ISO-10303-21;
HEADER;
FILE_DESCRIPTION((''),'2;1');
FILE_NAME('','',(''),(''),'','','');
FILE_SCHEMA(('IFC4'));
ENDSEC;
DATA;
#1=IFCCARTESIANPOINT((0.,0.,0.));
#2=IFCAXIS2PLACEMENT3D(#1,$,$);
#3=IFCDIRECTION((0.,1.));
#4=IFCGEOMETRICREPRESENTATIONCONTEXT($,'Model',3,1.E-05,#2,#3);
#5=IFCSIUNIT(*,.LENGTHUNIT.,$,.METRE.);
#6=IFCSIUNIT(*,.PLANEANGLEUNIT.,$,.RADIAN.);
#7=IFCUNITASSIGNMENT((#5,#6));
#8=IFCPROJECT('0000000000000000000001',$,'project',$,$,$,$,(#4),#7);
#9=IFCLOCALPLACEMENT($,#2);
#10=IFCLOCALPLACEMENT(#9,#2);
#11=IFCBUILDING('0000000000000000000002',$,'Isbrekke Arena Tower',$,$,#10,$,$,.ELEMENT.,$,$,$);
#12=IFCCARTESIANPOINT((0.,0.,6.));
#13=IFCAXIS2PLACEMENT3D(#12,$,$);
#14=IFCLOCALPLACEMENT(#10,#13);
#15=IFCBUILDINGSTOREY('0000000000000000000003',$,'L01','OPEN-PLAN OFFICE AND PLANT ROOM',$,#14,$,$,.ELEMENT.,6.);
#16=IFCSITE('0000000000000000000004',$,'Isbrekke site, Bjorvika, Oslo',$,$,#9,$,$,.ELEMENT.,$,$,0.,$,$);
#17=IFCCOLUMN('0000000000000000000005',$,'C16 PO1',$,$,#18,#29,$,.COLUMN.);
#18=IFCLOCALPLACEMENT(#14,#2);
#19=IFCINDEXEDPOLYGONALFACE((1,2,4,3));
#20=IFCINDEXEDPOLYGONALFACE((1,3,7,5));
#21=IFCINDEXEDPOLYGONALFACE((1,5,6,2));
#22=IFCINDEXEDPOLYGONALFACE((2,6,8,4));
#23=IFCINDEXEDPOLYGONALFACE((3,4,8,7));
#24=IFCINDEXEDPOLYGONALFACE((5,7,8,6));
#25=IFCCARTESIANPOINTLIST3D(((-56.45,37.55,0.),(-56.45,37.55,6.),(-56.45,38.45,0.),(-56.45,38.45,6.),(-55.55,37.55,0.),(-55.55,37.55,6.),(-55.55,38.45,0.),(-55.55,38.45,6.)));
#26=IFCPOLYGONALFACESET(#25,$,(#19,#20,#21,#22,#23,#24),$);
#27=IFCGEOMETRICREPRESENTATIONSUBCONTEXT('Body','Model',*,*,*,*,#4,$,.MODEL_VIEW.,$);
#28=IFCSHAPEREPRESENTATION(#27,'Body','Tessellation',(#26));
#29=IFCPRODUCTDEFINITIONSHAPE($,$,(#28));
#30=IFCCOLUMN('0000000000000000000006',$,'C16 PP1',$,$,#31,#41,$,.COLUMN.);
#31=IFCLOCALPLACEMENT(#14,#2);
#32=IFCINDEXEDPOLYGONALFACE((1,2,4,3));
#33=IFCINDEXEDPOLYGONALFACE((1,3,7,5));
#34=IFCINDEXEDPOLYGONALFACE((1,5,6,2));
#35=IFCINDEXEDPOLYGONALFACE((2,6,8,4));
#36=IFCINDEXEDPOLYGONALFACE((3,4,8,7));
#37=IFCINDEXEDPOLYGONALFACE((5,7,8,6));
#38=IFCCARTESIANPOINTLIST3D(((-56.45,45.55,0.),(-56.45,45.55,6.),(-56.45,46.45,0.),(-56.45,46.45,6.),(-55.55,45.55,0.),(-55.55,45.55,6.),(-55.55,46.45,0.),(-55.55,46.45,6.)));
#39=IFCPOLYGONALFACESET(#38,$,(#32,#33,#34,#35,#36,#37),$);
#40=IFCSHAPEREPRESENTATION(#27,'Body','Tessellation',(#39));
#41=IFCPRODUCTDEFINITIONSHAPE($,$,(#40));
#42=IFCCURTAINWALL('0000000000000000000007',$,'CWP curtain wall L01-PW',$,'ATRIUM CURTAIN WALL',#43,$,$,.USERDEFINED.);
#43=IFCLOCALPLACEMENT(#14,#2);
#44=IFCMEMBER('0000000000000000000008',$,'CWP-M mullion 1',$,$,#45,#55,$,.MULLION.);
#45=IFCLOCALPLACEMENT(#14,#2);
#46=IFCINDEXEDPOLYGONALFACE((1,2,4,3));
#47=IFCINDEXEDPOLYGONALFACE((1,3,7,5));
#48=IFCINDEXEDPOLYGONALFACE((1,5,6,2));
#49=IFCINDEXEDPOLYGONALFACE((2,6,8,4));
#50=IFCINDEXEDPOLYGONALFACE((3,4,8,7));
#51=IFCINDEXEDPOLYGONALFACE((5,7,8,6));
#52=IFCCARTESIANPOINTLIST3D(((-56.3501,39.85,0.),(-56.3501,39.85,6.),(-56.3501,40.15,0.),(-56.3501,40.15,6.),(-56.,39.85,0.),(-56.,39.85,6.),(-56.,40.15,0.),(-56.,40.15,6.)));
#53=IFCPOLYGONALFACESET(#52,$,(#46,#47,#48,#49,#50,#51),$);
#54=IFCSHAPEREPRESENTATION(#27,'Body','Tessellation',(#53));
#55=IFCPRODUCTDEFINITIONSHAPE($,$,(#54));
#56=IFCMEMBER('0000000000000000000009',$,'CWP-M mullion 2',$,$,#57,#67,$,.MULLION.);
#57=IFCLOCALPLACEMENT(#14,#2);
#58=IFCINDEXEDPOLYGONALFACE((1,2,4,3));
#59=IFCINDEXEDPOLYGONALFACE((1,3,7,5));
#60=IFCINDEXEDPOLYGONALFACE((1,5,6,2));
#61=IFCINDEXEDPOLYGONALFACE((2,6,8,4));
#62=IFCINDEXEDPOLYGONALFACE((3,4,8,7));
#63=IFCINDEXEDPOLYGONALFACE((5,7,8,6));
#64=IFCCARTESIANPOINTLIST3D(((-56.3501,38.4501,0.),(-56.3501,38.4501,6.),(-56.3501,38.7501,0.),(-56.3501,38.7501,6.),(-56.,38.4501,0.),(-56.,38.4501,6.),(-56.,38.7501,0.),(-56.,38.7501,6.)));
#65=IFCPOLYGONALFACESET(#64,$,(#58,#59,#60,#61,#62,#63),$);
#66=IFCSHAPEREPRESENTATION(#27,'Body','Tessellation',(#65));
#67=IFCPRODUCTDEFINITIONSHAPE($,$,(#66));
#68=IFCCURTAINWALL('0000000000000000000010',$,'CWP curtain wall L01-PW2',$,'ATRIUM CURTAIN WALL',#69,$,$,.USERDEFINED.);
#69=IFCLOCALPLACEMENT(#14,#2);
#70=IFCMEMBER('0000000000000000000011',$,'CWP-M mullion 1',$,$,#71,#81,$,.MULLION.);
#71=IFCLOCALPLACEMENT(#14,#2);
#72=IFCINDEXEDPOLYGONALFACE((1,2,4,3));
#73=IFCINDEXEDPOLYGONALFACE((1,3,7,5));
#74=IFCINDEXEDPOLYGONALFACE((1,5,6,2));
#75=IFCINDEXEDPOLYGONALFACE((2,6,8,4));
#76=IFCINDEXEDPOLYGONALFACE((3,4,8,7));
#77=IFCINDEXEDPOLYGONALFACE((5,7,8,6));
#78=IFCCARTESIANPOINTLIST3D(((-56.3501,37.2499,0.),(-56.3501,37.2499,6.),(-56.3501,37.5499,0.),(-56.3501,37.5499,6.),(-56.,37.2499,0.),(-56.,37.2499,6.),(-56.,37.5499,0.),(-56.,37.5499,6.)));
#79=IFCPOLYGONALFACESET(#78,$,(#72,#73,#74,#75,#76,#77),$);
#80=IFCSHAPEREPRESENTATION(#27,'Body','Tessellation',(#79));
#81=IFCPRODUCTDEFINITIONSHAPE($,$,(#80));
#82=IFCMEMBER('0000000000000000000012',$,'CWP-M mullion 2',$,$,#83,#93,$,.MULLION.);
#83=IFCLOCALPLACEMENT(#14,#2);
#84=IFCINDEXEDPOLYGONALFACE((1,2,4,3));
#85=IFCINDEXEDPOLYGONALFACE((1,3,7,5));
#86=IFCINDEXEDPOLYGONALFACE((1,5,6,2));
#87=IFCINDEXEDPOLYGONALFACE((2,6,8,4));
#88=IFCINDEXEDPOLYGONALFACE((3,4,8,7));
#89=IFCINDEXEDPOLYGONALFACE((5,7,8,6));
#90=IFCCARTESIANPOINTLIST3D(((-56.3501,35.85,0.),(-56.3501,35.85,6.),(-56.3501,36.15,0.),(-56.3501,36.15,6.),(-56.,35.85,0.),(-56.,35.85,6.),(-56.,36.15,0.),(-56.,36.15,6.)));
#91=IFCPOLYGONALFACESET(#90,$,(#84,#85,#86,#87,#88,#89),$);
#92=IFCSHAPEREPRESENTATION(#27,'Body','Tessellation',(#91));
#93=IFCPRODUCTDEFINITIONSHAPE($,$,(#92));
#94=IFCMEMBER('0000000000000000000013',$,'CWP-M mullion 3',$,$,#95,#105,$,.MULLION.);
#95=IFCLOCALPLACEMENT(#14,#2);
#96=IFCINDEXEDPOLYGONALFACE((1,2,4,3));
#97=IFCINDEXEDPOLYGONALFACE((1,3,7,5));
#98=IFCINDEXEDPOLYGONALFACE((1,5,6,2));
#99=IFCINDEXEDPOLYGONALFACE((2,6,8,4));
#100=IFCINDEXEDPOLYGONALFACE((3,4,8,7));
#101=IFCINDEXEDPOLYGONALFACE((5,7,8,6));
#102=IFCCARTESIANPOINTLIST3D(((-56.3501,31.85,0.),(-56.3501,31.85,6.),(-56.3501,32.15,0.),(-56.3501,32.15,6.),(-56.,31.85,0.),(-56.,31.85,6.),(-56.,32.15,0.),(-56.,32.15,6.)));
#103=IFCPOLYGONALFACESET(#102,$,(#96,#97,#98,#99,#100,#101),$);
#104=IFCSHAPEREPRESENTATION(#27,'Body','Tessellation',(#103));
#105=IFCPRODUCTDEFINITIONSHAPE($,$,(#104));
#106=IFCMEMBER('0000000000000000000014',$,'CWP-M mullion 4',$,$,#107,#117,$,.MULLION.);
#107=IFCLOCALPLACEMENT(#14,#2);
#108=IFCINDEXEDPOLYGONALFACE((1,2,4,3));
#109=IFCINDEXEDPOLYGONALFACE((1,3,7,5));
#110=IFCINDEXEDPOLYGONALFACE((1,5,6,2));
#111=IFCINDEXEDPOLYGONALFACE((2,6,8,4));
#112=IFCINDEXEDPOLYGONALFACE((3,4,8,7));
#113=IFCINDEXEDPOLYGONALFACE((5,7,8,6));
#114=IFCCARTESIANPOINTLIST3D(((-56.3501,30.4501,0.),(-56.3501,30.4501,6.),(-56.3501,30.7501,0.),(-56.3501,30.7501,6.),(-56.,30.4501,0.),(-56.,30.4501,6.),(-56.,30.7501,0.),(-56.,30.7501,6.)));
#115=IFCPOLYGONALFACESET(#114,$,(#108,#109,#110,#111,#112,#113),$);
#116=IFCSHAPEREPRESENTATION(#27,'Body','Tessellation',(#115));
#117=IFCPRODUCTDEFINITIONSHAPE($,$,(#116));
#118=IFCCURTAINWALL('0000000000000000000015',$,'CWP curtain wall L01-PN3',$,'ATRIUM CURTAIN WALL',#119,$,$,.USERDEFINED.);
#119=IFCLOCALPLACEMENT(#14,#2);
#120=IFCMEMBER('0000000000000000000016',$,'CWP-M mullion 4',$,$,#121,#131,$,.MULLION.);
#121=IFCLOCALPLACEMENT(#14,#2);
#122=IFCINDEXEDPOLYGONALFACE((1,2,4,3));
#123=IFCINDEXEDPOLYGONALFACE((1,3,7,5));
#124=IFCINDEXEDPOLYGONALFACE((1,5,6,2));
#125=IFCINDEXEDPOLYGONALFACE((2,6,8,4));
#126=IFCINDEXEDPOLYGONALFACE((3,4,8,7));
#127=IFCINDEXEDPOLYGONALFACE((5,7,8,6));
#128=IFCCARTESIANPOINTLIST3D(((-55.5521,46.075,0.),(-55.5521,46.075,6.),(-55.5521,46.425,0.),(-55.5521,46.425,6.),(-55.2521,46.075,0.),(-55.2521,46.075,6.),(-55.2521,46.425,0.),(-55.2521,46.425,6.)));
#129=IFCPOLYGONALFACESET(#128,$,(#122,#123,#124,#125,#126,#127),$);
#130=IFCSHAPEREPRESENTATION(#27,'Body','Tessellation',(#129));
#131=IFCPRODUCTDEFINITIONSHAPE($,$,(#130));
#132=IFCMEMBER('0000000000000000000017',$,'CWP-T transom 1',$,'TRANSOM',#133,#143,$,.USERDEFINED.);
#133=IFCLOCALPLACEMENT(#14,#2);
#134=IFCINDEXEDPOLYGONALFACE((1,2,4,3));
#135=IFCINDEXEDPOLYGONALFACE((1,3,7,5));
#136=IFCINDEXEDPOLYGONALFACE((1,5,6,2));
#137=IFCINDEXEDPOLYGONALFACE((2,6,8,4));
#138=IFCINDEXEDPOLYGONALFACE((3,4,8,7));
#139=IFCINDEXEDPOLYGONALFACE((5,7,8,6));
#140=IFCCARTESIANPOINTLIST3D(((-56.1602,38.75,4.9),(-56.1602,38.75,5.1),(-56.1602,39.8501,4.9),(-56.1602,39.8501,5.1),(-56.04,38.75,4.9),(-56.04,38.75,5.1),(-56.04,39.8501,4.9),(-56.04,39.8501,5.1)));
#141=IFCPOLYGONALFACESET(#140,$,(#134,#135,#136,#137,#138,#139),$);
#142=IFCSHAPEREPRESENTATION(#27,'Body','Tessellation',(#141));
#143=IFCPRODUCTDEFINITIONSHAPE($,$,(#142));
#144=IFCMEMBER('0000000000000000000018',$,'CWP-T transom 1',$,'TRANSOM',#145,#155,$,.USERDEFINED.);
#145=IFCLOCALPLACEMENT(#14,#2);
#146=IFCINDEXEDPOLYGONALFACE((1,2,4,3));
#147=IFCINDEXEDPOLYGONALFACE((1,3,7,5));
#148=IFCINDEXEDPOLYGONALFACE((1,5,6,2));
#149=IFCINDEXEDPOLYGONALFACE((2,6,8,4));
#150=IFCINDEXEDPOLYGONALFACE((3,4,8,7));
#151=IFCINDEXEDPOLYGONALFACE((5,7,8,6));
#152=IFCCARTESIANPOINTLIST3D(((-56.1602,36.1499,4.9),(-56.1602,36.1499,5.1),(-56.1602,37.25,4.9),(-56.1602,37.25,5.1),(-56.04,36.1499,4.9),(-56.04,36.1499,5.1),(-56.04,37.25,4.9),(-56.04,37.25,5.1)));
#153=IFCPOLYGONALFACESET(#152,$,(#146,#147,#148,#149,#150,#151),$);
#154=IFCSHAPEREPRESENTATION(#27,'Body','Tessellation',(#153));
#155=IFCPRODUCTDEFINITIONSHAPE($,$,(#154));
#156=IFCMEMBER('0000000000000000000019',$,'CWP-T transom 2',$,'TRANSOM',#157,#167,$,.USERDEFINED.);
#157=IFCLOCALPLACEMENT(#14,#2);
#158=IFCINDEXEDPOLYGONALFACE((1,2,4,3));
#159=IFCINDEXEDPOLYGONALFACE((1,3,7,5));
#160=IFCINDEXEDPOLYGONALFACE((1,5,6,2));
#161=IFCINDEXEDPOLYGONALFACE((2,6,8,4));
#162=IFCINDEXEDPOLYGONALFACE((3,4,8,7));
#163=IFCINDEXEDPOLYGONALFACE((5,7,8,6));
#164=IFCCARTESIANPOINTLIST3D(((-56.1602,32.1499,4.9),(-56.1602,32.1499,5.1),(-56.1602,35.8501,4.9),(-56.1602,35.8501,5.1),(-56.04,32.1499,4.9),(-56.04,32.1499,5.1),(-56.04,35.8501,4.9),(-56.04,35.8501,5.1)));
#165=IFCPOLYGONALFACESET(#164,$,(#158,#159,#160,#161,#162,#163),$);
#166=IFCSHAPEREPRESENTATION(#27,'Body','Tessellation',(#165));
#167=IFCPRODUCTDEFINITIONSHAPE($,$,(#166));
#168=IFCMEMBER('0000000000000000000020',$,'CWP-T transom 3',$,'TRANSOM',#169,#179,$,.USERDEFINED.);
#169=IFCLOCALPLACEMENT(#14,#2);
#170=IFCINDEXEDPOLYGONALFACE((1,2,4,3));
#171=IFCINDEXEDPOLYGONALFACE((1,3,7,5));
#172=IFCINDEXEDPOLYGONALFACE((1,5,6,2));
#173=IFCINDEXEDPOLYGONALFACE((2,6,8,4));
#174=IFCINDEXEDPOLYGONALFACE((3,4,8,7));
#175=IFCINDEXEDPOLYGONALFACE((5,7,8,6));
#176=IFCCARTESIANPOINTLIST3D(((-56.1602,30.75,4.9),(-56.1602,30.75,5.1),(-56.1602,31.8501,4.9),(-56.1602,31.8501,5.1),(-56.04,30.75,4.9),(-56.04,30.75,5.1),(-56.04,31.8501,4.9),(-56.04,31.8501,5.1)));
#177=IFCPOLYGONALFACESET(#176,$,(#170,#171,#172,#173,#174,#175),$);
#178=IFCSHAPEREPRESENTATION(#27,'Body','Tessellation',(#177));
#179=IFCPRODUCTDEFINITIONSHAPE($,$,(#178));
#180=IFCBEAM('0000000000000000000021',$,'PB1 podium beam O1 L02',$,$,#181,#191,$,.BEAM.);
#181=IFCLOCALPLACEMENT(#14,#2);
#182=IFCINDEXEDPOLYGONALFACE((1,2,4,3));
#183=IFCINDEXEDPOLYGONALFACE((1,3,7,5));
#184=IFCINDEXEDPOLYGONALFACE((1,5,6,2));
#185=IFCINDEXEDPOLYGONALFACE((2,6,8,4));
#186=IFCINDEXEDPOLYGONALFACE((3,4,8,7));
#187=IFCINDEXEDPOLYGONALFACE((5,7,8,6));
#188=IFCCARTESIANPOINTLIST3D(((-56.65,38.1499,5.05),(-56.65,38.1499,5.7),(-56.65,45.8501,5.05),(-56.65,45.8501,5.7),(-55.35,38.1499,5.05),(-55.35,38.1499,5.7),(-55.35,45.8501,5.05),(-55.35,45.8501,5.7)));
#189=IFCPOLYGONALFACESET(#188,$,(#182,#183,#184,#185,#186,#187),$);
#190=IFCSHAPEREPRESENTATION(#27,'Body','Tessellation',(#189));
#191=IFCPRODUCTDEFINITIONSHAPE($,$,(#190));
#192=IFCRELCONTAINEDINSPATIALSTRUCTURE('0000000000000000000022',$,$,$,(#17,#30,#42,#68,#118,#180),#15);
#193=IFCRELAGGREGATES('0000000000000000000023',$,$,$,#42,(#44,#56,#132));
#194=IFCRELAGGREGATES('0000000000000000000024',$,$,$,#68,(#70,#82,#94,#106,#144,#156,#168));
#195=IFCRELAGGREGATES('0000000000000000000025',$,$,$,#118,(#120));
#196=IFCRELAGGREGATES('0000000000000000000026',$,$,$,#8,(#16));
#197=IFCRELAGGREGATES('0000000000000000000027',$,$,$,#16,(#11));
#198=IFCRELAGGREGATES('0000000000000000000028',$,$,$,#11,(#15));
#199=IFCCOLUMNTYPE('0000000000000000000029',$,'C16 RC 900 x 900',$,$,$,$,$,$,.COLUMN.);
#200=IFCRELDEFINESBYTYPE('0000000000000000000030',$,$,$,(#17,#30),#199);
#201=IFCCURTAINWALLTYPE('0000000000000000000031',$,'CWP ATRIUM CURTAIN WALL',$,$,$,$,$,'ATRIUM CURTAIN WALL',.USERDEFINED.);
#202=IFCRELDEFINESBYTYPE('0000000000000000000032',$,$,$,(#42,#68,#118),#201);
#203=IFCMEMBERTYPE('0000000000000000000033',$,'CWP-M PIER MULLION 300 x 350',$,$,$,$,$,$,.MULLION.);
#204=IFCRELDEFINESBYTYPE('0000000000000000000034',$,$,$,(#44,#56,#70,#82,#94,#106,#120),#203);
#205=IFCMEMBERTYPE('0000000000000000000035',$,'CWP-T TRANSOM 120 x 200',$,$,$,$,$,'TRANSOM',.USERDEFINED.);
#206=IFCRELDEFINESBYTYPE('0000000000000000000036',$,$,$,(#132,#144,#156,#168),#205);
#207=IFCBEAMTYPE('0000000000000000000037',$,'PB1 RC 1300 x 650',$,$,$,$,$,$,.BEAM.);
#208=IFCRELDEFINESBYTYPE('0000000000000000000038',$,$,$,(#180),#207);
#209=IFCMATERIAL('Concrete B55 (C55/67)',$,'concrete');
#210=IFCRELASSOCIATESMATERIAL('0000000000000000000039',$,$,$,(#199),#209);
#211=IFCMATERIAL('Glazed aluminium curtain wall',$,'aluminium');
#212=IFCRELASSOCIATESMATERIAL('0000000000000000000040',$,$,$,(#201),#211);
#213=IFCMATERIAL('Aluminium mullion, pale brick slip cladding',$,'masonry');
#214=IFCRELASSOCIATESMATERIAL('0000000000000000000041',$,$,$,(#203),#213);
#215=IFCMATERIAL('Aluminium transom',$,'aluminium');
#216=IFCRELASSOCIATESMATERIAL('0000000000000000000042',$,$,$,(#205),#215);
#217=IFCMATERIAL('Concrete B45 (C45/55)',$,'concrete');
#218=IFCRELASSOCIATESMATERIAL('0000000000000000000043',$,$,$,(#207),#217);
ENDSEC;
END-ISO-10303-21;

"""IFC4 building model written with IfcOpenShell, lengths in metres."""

from ifc_helpers import new_model, si_unit, direction, frame, origin, origin_2d, place, context, subcontext, project, spatial, rectangle, extrude, material, material_profile, profile_set, type_object, element, aggregate, save


model = new_model("IFC4")

# Units and contexts
model_context = context("Model", 3, precision=1e-05, world=origin(), true_north=direction((0.0, 1.0)))
body_context = subcontext(model_context, "Body", "Model", "MODEL_VIEW")
ifc_project = project(units=[si_unit("LENGTHUNIT", "METRE"), si_unit("PLANEANGLEUNIT", "RADIAN")], contexts=[model_context])

# Site, building, storey
site_placement = place(None, origin())
site = spatial("IfcSite", under=ifc_project, at=site_placement, Name="Isbrekke site, Bjorvika, Oslo", CompositionType="ELEMENT", RefElevation=0.0)
building_placement = place(site_placement, origin())
building = spatial("IfcBuilding", under=site, at=building_placement, Name="Isbrekke Arena Tower", CompositionType="ELEMENT")
storey_placement = place(building_placement, frame((0.0, 0.0, 6.0)))
storey = spatial("IfcBuildingStorey", under=building, at=storey_placement, Name="L01", Description="OPEN-PLAN OFFICE AND PLANT ROOM", CompositionType="ELEMENT", Elevation=6.0)

# Columns
ifc_material_1 = material(Name="Concrete B55 (C55/67)", Category="concrete")
ifc_material_profile_1 = material_profile(ifc_material_1, rectangle(XDim=0.8999, YDim=0.8999, at=origin_2d()), Name="RC 900x900")
ifc_profile_set_1 = profile_set([ifc_material_profile_1], Name="Concrete B55 (C55/67)")
column_type = type_object("IfcColumnType", Name="C16 RC 900 x 900", PredefinedType="COLUMN", material=ifc_profile_set_1)
for number, where, z_axis, x_axis, name in (
    (1, (-56.0, 38.0, 0.0), (0.0, 0.0, 1.0), (1.0, 0.0, 0.0), "C16 PO1"),
    (2, (-56.0, 46.0, 0.0), (0.0, 0.0, 1.0), (1.0, 0.0, 0.0), "C16 PP1"),
):
    element("IfcColumn", number, at=place(storey_placement, frame(where, z_axis=z_axis, x_axis=x_axis)), inside=storey, type_object=column_type, Name=name, PredefinedType="COLUMN", context=body_context, shape_type="SweptSolid", body=[
        extrude(rectangle(XDim=0.8999, YDim=0.8999, at=origin_2d()), origin(), (0.0, 0.0, 1.0), 6.0),
    ])

# Curtain walls, members
ifc_material_2 = material(Name="Glazed aluminium curtain wall", Category="aluminium")
curtain_wall_type = type_object("IfcCurtainWallType", Name="CWP ATRIUM CURTAIN WALL", ElementType="ATRIUM CURTAIN WALL", PredefinedType="USERDEFINED", material=ifc_material_2)
curtain_wall_1_placement = place(storey_placement, origin())
curtain_wall_1 = element("IfcCurtainWall", 3, at=curtain_wall_1_placement, inside=storey, type_object=curtain_wall_type, Name="CWP curtain wall L01-PW", ObjectType="ATRIUM CURTAIN WALL", PredefinedType="USERDEFINED")
ifc_material_3 = material(Name="Aluminium mullion, pale brick slip cladding", Category="masonry")
ifc_material_profile_2 = material_profile(ifc_material_3, rectangle(XDim=0.3, YDim=0.3501, at=origin_2d()), Name="PIER 300X350")
ifc_profile_set_2 = profile_set([ifc_material_profile_2], Name="Aluminium mullion, pale brick slip cladding")
member_type_1 = type_object("IfcMemberType", Name="CWP-M PIER MULLION 300 x 350", PredefinedType="MULLION", material=ifc_profile_set_2)
member_1_placement = place(storey_placement, frame((-56.175, 40.0, 0.0), z_axis=(0.0, 0.0, 1.0), x_axis=(0.0, -1.0, 0.0)))
member_1 = element("IfcMember", 4, at=member_1_placement, type_object=member_type_1, Name="CWP-M mullion 1", PredefinedType="MULLION", context=body_context, shape_type="SweptSolid", body=[
    extrude(rectangle(XDim=0.3, YDim=0.3501, at=origin_2d()), origin(), (0.0, 0.0, 1.0), 6.0),
])
member_2_placement = place(storey_placement, frame((-56.175, 38.6001, 0.0), z_axis=(0.0, 0.0, 1.0), x_axis=(0.0, -1.0, 0.0)))
member_2 = element("IfcMember", 5, at=member_2_placement, type_object=member_type_1, Name="CWP-M mullion 2", PredefinedType="MULLION", context=body_context, shape_type="SweptSolid", body=[
    extrude(rectangle(XDim=0.3, YDim=0.3501, at=origin_2d()), origin(), (0.0, 0.0, 1.0), 6.0),
])
curtain_wall_2_placement = place(storey_placement, origin())
curtain_wall_2 = element("IfcCurtainWall", 6, at=curtain_wall_2_placement, inside=storey, type_object=curtain_wall_type, Name="CWP curtain wall L01-PW2", ObjectType="ATRIUM CURTAIN WALL", PredefinedType="USERDEFINED")
member_3_placement = place(storey_placement, frame((-56.175, 37.3999, 0.0), z_axis=(0.0, 0.0, 1.0), x_axis=(0.0, -1.0, 0.0)))
member_3 = element("IfcMember", 7, at=member_3_placement, type_object=member_type_1, Name="CWP-M mullion 1", PredefinedType="MULLION", context=body_context, shape_type="SweptSolid", body=[
    extrude(rectangle(XDim=0.3, YDim=0.3501, at=origin_2d()), origin(), (0.0, 0.0, 1.0), 6.0),
])
member_4_placement = place(storey_placement, frame((-56.175, 36.0, 0.0), z_axis=(0.0, 0.0, 1.0), x_axis=(0.0, -1.0, 0.0)))
member_4 = element("IfcMember", 8, at=member_4_placement, type_object=member_type_1, Name="CWP-M mullion 2", PredefinedType="MULLION", context=body_context, shape_type="SweptSolid", body=[
    extrude(rectangle(XDim=0.3, YDim=0.3501, at=origin_2d()), origin(), (0.0, 0.0, 1.0), 6.0),
])
member_5_placement = place(storey_placement, frame((-56.175, 32.0, 0.0), z_axis=(0.0, 0.0, 1.0), x_axis=(0.0, -1.0, 0.0)))
member_5 = element("IfcMember", 9, at=member_5_placement, type_object=member_type_1, Name="CWP-M mullion 3", PredefinedType="MULLION", context=body_context, shape_type="SweptSolid", body=[
    extrude(rectangle(XDim=0.3, YDim=0.3501, at=origin_2d()), origin(), (0.0, 0.0, 1.0), 6.0),
])
member_6_placement = place(storey_placement, frame((-56.175, 30.6001, 0.0), z_axis=(0.0, 0.0, 1.0), x_axis=(0.0, -1.0, 0.0)))
member_6 = element("IfcMember", 10, at=member_6_placement, type_object=member_type_1, Name="CWP-M mullion 4", PredefinedType="MULLION", context=body_context, shape_type="SweptSolid", body=[
    extrude(rectangle(XDim=0.3, YDim=0.3501, at=origin_2d()), origin(), (0.0, 0.0, 1.0), 6.0),
])

# Curtain wall, member
curtain_wall_3_placement = place(storey_placement, origin())
curtain_wall_3 = element("IfcCurtainWall", 11, at=curtain_wall_3_placement, inside=storey, type_object=curtain_wall_type, Name="CWP curtain wall L01-PN3", ObjectType="ATRIUM CURTAIN WALL", PredefinedType="USERDEFINED")
member_7_placement = place(storey_placement, frame((-55.4021, 46.25, 0.0), z_axis=(0.0, 0.0, 1.0), x_axis=(-1.0, 0.0, 0.0)))
member_7 = element("IfcMember", 12, at=member_7_placement, type_object=member_type_1, Name="CWP-M mullion 4", PredefinedType="MULLION", context=body_context, shape_type="SweptSolid", body=[
    extrude(rectangle(XDim=0.3, YDim=0.3501, at=origin_2d()), origin(), (0.0, 0.0, 1.0), 6.0),
])

# Members
ifc_material_4 = material(Name="Aluminium transom", Category="aluminium")
ifc_material_profile_3 = material_profile(ifc_material_4, rectangle(XDim=0.1201, YDim=0.2, at=origin_2d()), Name="TRANSOM 120X200")
ifc_profile_set_3 = profile_set([ifc_material_profile_3], Name="Aluminium transom")
member_type_2 = type_object("IfcMemberType", Name="CWP-T TRANSOM 120 x 200", ElementType="TRANSOM", PredefinedType="USERDEFINED", material=ifc_profile_set_3)
member_8_placement = place(storey_placement, frame((-56.1001, 39.8501, 5.0), z_axis=(0.0, -1.0, 0.0), x_axis=(1.0, 0.0, 0.0)))
member_8 = element("IfcMember", 13, at=member_8_placement, type_object=member_type_2, Name="CWP-T transom 1", ObjectType="TRANSOM", PredefinedType="USERDEFINED", context=body_context, shape_type="SweptSolid", body=[
    extrude(rectangle(XDim=0.1201, YDim=0.2, at=origin_2d()), origin(), (0.0, 0.0, 1.0), 1.1001),
])
member_9_placement = place(storey_placement, frame((-56.1001, 37.25, 5.0), z_axis=(0.0, -1.0, 0.0), x_axis=(1.0, 0.0, 0.0)))
member_9 = element("IfcMember", 14, at=member_9_placement, type_object=member_type_2, Name="CWP-T transom 1", ObjectType="TRANSOM", PredefinedType="USERDEFINED", context=body_context, shape_type="SweptSolid", body=[
    extrude(rectangle(XDim=0.1201, YDim=0.2, at=origin_2d()), origin(), (0.0, 0.0, 1.0), 1.1001),
])
member_10_placement = place(storey_placement, frame((-56.1001, 35.8501, 5.0), z_axis=(0.0, -1.0, 0.0), x_axis=(1.0, 0.0, 0.0)))
member_10 = element("IfcMember", 15, at=member_10_placement, type_object=member_type_2, Name="CWP-T transom 2", ObjectType="TRANSOM", PredefinedType="USERDEFINED", context=body_context, shape_type="SweptSolid", body=[
    extrude(rectangle(XDim=0.1201, YDim=0.2, at=origin_2d()), origin(), (0.0, 0.0, 1.0), 3.7002),
])
member_11_placement = place(storey_placement, frame((-56.1001, 31.8501, 5.0), z_axis=(0.0, -1.0, 0.0), x_axis=(1.0, 0.0, 0.0)))
member_11 = element("IfcMember", 16, at=member_11_placement, type_object=member_type_2, Name="CWP-T transom 3", ObjectType="TRANSOM", PredefinedType="USERDEFINED", context=body_context, shape_type="SweptSolid", body=[
    extrude(rectangle(XDim=0.1201, YDim=0.2, at=origin_2d()), origin(), (0.0, 0.0, 1.0), 1.1001),
])

# Beam
ifc_material_5 = material(Name="Concrete B45 (C45/55)", Category="concrete")
ifc_material_profile_4 = material_profile(ifc_material_5, rectangle(XDim=1.3, YDim=0.6499, at=origin_2d()), Name="RC 1300x650")
ifc_profile_set_4 = profile_set([ifc_material_profile_4], Name="Concrete B45 (C45/55)")
beam_type = type_object("IfcBeamType", Name="PB1 RC 1300 x 650", PredefinedType="BEAM", material=ifc_profile_set_4)
beam_placement = place(storey_placement, frame((-56.0, 38.1499, 5.375), z_axis=(0.0, 1.0, 0.0), x_axis=(-1.0, 0.0, 0.0)))
element("IfcBeam", 17, at=beam_placement, inside=storey, type_object=beam_type, Name="PB1 podium beam O1 L02", PredefinedType="BEAM", context=body_context, shape_type="SweptSolid", body=[
    extrude(rectangle(XDim=1.3, YDim=0.6499, at=origin_2d()), origin(), (0.0, 0.0, 1.0), 7.7002),
])

aggregate(curtain_wall_1, [member_1, member_2, member_8])
aggregate(curtain_wall_2, [member_3, member_4, member_5, member_6, member_9, member_10, member_11])
aggregate(curtain_wall_3, [member_7])

save(model, "model.ifc")
